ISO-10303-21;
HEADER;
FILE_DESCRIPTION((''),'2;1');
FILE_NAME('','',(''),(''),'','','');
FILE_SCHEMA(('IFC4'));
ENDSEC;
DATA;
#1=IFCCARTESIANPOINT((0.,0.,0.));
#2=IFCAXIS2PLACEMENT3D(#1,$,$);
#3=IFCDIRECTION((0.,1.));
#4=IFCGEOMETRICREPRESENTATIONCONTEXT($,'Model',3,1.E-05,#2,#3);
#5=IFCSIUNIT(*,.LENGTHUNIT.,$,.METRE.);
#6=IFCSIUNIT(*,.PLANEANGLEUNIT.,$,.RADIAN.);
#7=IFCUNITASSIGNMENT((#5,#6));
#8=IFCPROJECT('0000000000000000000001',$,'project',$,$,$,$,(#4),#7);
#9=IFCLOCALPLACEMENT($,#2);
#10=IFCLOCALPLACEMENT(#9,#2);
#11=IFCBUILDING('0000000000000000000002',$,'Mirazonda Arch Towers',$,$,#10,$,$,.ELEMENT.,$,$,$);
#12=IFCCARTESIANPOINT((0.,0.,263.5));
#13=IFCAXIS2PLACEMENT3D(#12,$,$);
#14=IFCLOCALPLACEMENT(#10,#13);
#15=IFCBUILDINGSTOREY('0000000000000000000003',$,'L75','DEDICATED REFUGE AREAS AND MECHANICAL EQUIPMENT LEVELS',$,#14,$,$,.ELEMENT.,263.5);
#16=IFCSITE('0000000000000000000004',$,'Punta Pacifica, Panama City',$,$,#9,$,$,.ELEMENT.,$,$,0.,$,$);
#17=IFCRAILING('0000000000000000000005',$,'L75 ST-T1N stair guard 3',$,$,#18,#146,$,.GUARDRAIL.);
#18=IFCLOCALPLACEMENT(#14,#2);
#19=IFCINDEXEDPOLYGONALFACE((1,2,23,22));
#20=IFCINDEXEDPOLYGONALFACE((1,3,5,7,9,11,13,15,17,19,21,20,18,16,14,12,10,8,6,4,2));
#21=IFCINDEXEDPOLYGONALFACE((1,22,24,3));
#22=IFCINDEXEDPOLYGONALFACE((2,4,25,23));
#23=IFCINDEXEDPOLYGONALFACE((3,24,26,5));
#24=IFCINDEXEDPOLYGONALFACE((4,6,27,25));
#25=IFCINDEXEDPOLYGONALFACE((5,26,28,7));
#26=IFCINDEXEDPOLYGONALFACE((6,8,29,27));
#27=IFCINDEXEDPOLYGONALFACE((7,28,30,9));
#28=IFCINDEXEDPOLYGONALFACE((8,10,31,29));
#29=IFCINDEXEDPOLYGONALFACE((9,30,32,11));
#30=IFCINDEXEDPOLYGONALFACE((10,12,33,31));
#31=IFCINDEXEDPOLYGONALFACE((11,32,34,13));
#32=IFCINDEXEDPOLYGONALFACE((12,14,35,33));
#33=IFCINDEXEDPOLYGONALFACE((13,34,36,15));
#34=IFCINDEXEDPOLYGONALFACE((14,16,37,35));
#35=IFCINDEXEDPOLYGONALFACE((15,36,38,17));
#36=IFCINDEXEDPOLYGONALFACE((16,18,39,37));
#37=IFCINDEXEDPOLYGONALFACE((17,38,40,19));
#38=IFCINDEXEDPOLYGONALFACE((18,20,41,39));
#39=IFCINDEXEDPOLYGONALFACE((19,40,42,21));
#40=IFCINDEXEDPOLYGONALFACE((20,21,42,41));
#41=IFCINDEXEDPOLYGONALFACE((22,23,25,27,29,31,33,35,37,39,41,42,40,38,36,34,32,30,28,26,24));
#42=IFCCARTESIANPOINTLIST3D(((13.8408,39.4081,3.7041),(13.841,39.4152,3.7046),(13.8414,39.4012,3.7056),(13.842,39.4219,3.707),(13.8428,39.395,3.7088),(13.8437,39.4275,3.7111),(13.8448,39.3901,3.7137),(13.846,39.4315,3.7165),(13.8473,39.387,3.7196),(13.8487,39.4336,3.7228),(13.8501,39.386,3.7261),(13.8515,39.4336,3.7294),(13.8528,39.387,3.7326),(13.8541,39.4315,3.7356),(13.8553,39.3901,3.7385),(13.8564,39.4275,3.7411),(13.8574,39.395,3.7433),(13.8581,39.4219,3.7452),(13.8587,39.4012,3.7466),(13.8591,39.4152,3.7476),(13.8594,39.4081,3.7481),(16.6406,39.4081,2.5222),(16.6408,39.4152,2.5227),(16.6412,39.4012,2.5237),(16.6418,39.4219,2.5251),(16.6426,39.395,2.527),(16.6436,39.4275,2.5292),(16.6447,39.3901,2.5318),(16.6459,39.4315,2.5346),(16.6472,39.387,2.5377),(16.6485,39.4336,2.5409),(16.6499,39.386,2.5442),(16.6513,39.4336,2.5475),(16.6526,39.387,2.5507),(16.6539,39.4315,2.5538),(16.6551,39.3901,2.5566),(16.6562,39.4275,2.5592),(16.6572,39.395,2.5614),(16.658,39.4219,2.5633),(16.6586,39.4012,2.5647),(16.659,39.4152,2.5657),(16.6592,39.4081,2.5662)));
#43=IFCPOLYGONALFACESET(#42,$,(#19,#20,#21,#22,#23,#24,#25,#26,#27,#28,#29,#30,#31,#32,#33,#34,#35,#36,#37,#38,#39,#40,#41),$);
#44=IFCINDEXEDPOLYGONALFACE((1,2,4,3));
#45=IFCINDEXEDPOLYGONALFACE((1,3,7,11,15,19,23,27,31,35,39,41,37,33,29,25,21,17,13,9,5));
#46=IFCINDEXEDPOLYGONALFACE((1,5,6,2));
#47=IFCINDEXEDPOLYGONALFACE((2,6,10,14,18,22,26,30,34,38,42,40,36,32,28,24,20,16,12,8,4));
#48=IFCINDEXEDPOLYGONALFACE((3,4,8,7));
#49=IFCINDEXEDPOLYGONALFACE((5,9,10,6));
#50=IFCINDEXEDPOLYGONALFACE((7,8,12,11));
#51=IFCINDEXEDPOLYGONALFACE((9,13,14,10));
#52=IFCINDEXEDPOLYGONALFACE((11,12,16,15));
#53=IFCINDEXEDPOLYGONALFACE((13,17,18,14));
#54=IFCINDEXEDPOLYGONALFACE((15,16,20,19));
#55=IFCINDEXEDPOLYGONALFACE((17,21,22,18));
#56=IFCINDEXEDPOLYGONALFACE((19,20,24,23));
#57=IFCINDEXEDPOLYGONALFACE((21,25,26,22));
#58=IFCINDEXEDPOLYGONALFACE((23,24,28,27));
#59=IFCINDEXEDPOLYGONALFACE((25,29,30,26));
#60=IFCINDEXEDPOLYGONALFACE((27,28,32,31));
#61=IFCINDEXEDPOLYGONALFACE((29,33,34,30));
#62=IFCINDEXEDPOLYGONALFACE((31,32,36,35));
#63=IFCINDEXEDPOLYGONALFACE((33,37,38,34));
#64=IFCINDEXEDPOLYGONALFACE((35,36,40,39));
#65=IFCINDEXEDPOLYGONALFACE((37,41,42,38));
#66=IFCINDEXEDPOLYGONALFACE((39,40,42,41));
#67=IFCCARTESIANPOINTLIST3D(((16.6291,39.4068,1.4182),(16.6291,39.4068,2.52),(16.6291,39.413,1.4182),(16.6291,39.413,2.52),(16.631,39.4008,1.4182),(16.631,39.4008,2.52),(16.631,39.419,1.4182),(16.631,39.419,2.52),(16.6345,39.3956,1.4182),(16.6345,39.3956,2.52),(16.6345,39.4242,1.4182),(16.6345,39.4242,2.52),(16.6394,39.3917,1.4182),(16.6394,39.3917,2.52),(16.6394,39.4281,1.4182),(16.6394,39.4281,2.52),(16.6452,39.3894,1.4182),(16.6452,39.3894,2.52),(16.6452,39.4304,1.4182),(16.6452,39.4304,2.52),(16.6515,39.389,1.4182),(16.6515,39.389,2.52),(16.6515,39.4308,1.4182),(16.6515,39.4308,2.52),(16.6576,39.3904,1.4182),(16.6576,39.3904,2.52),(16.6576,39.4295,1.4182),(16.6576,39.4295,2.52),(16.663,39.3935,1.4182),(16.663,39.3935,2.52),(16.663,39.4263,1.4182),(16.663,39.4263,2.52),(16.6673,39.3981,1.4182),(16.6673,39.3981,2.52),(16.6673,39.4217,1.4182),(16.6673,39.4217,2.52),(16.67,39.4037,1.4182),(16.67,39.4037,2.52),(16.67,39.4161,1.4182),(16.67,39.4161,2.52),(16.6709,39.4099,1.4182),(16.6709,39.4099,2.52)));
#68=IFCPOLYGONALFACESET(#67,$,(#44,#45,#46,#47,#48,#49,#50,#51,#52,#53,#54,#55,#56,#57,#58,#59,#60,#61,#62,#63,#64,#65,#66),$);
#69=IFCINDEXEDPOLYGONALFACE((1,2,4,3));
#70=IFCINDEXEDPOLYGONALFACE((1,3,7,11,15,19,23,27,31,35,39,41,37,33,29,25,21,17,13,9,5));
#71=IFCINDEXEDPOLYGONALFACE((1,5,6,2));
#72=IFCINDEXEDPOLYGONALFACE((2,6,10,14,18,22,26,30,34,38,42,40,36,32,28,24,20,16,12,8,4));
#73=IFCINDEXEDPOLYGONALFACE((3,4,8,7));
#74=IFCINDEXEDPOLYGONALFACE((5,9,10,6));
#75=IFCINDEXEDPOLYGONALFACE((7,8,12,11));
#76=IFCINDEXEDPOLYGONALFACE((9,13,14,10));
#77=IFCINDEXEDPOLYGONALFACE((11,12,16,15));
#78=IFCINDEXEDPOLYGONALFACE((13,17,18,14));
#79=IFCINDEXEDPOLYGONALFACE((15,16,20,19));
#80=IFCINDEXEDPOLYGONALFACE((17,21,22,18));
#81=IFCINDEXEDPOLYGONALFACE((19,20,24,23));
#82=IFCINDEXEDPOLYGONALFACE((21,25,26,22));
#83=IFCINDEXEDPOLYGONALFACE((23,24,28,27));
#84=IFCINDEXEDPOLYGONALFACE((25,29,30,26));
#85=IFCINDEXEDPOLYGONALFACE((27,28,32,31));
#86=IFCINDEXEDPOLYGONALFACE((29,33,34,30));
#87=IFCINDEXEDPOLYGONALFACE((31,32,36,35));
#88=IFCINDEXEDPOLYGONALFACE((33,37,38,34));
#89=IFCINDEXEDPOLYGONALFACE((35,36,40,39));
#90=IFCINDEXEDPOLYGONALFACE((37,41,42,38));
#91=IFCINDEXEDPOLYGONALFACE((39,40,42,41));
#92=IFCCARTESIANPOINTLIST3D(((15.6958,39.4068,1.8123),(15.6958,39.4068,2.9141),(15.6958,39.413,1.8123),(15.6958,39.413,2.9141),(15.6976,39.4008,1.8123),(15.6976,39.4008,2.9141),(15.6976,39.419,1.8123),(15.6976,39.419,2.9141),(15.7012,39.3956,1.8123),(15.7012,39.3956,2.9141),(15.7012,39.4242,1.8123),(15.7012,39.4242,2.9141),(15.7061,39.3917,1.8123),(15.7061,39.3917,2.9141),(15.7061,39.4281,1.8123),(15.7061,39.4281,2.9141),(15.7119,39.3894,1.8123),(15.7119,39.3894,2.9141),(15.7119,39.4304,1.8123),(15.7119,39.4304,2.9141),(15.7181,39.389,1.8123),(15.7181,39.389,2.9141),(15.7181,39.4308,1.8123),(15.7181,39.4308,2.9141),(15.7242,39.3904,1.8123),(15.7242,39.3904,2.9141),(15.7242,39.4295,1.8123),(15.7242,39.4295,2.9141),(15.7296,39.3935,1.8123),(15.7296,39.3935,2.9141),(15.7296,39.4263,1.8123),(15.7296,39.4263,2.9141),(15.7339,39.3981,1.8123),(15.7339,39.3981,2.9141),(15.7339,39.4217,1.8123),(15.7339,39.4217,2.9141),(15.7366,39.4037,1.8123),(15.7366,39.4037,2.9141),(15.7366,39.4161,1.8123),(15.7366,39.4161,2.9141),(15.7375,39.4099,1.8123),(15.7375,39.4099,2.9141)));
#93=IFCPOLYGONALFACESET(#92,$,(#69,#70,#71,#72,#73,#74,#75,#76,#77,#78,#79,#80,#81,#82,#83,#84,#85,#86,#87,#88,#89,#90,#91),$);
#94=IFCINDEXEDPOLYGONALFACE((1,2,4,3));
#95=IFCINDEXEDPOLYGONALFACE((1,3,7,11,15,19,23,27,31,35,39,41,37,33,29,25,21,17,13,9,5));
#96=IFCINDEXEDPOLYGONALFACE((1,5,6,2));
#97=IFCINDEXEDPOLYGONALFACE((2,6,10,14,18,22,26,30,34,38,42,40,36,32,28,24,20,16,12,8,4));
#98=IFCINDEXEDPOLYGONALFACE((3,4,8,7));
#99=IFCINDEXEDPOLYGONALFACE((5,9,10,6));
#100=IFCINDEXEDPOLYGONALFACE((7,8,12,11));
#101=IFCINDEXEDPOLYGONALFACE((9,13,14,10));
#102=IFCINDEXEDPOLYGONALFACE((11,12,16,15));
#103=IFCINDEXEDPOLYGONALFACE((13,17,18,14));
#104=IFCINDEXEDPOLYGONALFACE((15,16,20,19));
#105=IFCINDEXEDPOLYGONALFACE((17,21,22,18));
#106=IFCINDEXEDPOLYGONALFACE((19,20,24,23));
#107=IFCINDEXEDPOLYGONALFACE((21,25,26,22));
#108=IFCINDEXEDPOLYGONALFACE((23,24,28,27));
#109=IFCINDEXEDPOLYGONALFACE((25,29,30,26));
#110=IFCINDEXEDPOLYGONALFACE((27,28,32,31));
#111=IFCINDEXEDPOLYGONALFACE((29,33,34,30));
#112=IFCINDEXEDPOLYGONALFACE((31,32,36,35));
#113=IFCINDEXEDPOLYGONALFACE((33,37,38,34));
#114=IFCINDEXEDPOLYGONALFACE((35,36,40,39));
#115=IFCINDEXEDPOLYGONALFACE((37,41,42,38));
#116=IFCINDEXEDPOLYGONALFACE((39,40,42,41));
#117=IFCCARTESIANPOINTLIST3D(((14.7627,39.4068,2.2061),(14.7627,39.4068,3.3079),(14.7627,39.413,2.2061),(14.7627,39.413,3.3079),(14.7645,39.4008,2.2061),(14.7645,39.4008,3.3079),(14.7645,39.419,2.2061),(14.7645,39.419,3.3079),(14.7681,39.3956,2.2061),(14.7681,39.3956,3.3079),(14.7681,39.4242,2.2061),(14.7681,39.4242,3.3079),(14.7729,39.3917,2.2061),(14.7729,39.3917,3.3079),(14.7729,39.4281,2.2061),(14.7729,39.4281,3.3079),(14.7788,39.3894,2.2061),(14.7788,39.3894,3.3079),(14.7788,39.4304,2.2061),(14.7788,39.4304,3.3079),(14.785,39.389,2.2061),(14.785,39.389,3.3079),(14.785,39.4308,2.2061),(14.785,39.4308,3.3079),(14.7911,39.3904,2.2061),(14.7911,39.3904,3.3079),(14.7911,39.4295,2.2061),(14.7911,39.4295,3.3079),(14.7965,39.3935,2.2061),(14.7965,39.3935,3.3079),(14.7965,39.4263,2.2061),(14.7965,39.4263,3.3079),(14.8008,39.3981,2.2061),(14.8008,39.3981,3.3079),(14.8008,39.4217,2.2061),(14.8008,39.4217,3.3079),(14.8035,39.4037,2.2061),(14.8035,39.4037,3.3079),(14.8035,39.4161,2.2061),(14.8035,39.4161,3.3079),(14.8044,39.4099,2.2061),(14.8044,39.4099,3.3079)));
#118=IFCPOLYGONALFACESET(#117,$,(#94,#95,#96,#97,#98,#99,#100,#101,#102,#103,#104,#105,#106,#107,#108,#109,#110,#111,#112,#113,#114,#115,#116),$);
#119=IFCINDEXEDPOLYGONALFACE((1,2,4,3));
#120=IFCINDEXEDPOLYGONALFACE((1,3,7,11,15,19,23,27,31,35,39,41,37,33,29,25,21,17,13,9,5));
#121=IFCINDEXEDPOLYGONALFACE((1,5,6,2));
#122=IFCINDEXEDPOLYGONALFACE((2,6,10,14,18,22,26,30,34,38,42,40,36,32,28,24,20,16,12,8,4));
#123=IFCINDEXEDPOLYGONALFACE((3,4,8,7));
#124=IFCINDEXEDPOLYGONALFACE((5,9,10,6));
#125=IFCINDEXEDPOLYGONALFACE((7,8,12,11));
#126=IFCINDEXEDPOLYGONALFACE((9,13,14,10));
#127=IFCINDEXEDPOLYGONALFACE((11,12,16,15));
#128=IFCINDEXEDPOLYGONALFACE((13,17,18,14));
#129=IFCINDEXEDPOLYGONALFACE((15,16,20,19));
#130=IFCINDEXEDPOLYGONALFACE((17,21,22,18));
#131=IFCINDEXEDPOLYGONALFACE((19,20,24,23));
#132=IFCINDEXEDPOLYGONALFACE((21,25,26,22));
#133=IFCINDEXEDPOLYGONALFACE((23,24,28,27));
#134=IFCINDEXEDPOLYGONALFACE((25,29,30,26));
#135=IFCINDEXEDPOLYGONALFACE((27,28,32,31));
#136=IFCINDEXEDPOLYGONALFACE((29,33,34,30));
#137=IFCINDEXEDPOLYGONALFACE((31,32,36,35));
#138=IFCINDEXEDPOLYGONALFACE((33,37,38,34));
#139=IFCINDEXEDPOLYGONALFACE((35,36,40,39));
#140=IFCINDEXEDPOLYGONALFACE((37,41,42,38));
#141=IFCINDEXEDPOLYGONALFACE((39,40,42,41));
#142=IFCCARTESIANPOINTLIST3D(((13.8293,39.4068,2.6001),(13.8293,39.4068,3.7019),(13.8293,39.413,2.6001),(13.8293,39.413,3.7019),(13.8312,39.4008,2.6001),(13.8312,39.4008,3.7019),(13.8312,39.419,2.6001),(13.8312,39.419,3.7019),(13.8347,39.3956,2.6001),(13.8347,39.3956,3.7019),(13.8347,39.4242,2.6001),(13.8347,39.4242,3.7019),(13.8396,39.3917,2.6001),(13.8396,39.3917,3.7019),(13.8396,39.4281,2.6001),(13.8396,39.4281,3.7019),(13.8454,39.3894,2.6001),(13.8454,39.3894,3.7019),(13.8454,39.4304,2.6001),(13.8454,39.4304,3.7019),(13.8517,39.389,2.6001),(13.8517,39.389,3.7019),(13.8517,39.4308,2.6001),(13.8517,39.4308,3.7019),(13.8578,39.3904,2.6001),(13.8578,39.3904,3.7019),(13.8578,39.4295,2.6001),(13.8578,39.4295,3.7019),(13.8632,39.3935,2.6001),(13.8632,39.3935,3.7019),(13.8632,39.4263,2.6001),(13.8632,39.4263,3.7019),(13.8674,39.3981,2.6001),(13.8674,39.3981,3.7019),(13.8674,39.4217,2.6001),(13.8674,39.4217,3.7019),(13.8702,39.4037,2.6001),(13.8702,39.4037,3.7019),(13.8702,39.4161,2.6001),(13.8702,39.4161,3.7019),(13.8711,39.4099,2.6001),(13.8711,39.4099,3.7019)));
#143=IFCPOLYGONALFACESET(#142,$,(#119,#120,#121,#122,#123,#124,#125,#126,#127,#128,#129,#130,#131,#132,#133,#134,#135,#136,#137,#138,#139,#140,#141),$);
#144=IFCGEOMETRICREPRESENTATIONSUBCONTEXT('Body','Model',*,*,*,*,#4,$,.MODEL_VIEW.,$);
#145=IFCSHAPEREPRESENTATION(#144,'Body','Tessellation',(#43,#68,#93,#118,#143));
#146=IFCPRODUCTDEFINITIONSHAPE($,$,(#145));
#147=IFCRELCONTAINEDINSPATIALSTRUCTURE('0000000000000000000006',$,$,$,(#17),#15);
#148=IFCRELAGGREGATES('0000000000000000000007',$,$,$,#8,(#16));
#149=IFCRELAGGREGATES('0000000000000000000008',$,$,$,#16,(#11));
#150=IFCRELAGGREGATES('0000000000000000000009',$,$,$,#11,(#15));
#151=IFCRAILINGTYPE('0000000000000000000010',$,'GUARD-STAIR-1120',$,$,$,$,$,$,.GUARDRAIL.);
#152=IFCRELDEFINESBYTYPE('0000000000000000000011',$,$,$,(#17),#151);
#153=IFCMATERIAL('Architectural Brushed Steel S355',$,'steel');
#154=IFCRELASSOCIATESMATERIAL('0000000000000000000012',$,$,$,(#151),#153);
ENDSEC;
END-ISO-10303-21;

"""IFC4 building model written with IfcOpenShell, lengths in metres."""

from ifc_helpers import new_model, si_unit, direction, frame, origin, origin_2d, place, context, subcontext, project, spatial, circle, extrude, material, type_object, element, save


model = new_model("IFC4")

# Units and contexts
model_context = context("Model", 3, precision=1e-05, world=origin(), true_north=direction((0.0, 1.0)))
body_context = subcontext(model_context, "Body", "Model", "MODEL_VIEW")
ifc_project = project(units=[si_unit("LENGTHUNIT", "METRE"), si_unit("PLANEANGLEUNIT", "RADIAN")], contexts=[model_context])

# Site, building, storey
site_placement = place(None, origin())
site = spatial("IfcSite", under=ifc_project, at=site_placement, Name="Punta Pacifica, Panama City", CompositionType="ELEMENT", RefElevation=0.0)
building_placement = place(site_placement, origin())
building = spatial("IfcBuilding", under=site, at=building_placement, Name="Mirazonda Arch Towers", CompositionType="ELEMENT")
storey_placement = place(building_placement, frame((0.0, 0.0, 263.5)))
storey = spatial("IfcBuildingStorey", under=building, at=storey_placement, Name="L75", Description="DEDICATED REFUGE AREAS AND MECHANICAL EQUIPMENT LEVELS", CompositionType="ELEMENT", Elevation=263.5)

# Shared definitions
ifc_material_1 = material(Name="Architectural Brushed Steel S355", Category="steel")

# Railing
railing_type_1 = type_object("IfcRailingType", Name="GUARD-STAIR-1120", PredefinedType="GUARDRAIL", material=ifc_material_1)
railing_1_placement = place(storey_placement, frame((16.6499, 39.4099, 1.4182)))
element("IfcRailing", 1, at=railing_1_placement, inside=storey, type_object=railing_type_1, Name="L75 ST-T1N stair guard 3", PredefinedType="GUARDRAIL", context=body_context, shape_type="SweptSolid", body=[
    extrude(circle(Radius=0.0239, at=origin_2d()), frame((0.0, 0.0, 1.126), z_axis=(-0.92128, 0.0, 0.388901), x_axis=(0.0, -1.0, 0.0)), (0.0, 0.0, 1.0), 3.0391),
    extrude(circle(Radius=0.021, at=origin_2d()), origin(), (0.0, 0.0, 1.0), 1.1018),
    extrude(circle(Radius=0.021, at=origin_2d()), frame((-0.9333, 0.0, 0.394)), (0.0, 0.0, 1.0), 1.1018),
    extrude(circle(Radius=0.021, at=origin_2d()), frame((-1.8665, 0.0, 0.7878)), (0.0, 0.0, 1.0), 1.1018),
    extrude(circle(Radius=0.021, at=origin_2d()), frame((-2.7998, 0.0, 1.1819)), (0.0, 0.0, 1.0), 1.1018),
])

save(model, "model.ifc")
